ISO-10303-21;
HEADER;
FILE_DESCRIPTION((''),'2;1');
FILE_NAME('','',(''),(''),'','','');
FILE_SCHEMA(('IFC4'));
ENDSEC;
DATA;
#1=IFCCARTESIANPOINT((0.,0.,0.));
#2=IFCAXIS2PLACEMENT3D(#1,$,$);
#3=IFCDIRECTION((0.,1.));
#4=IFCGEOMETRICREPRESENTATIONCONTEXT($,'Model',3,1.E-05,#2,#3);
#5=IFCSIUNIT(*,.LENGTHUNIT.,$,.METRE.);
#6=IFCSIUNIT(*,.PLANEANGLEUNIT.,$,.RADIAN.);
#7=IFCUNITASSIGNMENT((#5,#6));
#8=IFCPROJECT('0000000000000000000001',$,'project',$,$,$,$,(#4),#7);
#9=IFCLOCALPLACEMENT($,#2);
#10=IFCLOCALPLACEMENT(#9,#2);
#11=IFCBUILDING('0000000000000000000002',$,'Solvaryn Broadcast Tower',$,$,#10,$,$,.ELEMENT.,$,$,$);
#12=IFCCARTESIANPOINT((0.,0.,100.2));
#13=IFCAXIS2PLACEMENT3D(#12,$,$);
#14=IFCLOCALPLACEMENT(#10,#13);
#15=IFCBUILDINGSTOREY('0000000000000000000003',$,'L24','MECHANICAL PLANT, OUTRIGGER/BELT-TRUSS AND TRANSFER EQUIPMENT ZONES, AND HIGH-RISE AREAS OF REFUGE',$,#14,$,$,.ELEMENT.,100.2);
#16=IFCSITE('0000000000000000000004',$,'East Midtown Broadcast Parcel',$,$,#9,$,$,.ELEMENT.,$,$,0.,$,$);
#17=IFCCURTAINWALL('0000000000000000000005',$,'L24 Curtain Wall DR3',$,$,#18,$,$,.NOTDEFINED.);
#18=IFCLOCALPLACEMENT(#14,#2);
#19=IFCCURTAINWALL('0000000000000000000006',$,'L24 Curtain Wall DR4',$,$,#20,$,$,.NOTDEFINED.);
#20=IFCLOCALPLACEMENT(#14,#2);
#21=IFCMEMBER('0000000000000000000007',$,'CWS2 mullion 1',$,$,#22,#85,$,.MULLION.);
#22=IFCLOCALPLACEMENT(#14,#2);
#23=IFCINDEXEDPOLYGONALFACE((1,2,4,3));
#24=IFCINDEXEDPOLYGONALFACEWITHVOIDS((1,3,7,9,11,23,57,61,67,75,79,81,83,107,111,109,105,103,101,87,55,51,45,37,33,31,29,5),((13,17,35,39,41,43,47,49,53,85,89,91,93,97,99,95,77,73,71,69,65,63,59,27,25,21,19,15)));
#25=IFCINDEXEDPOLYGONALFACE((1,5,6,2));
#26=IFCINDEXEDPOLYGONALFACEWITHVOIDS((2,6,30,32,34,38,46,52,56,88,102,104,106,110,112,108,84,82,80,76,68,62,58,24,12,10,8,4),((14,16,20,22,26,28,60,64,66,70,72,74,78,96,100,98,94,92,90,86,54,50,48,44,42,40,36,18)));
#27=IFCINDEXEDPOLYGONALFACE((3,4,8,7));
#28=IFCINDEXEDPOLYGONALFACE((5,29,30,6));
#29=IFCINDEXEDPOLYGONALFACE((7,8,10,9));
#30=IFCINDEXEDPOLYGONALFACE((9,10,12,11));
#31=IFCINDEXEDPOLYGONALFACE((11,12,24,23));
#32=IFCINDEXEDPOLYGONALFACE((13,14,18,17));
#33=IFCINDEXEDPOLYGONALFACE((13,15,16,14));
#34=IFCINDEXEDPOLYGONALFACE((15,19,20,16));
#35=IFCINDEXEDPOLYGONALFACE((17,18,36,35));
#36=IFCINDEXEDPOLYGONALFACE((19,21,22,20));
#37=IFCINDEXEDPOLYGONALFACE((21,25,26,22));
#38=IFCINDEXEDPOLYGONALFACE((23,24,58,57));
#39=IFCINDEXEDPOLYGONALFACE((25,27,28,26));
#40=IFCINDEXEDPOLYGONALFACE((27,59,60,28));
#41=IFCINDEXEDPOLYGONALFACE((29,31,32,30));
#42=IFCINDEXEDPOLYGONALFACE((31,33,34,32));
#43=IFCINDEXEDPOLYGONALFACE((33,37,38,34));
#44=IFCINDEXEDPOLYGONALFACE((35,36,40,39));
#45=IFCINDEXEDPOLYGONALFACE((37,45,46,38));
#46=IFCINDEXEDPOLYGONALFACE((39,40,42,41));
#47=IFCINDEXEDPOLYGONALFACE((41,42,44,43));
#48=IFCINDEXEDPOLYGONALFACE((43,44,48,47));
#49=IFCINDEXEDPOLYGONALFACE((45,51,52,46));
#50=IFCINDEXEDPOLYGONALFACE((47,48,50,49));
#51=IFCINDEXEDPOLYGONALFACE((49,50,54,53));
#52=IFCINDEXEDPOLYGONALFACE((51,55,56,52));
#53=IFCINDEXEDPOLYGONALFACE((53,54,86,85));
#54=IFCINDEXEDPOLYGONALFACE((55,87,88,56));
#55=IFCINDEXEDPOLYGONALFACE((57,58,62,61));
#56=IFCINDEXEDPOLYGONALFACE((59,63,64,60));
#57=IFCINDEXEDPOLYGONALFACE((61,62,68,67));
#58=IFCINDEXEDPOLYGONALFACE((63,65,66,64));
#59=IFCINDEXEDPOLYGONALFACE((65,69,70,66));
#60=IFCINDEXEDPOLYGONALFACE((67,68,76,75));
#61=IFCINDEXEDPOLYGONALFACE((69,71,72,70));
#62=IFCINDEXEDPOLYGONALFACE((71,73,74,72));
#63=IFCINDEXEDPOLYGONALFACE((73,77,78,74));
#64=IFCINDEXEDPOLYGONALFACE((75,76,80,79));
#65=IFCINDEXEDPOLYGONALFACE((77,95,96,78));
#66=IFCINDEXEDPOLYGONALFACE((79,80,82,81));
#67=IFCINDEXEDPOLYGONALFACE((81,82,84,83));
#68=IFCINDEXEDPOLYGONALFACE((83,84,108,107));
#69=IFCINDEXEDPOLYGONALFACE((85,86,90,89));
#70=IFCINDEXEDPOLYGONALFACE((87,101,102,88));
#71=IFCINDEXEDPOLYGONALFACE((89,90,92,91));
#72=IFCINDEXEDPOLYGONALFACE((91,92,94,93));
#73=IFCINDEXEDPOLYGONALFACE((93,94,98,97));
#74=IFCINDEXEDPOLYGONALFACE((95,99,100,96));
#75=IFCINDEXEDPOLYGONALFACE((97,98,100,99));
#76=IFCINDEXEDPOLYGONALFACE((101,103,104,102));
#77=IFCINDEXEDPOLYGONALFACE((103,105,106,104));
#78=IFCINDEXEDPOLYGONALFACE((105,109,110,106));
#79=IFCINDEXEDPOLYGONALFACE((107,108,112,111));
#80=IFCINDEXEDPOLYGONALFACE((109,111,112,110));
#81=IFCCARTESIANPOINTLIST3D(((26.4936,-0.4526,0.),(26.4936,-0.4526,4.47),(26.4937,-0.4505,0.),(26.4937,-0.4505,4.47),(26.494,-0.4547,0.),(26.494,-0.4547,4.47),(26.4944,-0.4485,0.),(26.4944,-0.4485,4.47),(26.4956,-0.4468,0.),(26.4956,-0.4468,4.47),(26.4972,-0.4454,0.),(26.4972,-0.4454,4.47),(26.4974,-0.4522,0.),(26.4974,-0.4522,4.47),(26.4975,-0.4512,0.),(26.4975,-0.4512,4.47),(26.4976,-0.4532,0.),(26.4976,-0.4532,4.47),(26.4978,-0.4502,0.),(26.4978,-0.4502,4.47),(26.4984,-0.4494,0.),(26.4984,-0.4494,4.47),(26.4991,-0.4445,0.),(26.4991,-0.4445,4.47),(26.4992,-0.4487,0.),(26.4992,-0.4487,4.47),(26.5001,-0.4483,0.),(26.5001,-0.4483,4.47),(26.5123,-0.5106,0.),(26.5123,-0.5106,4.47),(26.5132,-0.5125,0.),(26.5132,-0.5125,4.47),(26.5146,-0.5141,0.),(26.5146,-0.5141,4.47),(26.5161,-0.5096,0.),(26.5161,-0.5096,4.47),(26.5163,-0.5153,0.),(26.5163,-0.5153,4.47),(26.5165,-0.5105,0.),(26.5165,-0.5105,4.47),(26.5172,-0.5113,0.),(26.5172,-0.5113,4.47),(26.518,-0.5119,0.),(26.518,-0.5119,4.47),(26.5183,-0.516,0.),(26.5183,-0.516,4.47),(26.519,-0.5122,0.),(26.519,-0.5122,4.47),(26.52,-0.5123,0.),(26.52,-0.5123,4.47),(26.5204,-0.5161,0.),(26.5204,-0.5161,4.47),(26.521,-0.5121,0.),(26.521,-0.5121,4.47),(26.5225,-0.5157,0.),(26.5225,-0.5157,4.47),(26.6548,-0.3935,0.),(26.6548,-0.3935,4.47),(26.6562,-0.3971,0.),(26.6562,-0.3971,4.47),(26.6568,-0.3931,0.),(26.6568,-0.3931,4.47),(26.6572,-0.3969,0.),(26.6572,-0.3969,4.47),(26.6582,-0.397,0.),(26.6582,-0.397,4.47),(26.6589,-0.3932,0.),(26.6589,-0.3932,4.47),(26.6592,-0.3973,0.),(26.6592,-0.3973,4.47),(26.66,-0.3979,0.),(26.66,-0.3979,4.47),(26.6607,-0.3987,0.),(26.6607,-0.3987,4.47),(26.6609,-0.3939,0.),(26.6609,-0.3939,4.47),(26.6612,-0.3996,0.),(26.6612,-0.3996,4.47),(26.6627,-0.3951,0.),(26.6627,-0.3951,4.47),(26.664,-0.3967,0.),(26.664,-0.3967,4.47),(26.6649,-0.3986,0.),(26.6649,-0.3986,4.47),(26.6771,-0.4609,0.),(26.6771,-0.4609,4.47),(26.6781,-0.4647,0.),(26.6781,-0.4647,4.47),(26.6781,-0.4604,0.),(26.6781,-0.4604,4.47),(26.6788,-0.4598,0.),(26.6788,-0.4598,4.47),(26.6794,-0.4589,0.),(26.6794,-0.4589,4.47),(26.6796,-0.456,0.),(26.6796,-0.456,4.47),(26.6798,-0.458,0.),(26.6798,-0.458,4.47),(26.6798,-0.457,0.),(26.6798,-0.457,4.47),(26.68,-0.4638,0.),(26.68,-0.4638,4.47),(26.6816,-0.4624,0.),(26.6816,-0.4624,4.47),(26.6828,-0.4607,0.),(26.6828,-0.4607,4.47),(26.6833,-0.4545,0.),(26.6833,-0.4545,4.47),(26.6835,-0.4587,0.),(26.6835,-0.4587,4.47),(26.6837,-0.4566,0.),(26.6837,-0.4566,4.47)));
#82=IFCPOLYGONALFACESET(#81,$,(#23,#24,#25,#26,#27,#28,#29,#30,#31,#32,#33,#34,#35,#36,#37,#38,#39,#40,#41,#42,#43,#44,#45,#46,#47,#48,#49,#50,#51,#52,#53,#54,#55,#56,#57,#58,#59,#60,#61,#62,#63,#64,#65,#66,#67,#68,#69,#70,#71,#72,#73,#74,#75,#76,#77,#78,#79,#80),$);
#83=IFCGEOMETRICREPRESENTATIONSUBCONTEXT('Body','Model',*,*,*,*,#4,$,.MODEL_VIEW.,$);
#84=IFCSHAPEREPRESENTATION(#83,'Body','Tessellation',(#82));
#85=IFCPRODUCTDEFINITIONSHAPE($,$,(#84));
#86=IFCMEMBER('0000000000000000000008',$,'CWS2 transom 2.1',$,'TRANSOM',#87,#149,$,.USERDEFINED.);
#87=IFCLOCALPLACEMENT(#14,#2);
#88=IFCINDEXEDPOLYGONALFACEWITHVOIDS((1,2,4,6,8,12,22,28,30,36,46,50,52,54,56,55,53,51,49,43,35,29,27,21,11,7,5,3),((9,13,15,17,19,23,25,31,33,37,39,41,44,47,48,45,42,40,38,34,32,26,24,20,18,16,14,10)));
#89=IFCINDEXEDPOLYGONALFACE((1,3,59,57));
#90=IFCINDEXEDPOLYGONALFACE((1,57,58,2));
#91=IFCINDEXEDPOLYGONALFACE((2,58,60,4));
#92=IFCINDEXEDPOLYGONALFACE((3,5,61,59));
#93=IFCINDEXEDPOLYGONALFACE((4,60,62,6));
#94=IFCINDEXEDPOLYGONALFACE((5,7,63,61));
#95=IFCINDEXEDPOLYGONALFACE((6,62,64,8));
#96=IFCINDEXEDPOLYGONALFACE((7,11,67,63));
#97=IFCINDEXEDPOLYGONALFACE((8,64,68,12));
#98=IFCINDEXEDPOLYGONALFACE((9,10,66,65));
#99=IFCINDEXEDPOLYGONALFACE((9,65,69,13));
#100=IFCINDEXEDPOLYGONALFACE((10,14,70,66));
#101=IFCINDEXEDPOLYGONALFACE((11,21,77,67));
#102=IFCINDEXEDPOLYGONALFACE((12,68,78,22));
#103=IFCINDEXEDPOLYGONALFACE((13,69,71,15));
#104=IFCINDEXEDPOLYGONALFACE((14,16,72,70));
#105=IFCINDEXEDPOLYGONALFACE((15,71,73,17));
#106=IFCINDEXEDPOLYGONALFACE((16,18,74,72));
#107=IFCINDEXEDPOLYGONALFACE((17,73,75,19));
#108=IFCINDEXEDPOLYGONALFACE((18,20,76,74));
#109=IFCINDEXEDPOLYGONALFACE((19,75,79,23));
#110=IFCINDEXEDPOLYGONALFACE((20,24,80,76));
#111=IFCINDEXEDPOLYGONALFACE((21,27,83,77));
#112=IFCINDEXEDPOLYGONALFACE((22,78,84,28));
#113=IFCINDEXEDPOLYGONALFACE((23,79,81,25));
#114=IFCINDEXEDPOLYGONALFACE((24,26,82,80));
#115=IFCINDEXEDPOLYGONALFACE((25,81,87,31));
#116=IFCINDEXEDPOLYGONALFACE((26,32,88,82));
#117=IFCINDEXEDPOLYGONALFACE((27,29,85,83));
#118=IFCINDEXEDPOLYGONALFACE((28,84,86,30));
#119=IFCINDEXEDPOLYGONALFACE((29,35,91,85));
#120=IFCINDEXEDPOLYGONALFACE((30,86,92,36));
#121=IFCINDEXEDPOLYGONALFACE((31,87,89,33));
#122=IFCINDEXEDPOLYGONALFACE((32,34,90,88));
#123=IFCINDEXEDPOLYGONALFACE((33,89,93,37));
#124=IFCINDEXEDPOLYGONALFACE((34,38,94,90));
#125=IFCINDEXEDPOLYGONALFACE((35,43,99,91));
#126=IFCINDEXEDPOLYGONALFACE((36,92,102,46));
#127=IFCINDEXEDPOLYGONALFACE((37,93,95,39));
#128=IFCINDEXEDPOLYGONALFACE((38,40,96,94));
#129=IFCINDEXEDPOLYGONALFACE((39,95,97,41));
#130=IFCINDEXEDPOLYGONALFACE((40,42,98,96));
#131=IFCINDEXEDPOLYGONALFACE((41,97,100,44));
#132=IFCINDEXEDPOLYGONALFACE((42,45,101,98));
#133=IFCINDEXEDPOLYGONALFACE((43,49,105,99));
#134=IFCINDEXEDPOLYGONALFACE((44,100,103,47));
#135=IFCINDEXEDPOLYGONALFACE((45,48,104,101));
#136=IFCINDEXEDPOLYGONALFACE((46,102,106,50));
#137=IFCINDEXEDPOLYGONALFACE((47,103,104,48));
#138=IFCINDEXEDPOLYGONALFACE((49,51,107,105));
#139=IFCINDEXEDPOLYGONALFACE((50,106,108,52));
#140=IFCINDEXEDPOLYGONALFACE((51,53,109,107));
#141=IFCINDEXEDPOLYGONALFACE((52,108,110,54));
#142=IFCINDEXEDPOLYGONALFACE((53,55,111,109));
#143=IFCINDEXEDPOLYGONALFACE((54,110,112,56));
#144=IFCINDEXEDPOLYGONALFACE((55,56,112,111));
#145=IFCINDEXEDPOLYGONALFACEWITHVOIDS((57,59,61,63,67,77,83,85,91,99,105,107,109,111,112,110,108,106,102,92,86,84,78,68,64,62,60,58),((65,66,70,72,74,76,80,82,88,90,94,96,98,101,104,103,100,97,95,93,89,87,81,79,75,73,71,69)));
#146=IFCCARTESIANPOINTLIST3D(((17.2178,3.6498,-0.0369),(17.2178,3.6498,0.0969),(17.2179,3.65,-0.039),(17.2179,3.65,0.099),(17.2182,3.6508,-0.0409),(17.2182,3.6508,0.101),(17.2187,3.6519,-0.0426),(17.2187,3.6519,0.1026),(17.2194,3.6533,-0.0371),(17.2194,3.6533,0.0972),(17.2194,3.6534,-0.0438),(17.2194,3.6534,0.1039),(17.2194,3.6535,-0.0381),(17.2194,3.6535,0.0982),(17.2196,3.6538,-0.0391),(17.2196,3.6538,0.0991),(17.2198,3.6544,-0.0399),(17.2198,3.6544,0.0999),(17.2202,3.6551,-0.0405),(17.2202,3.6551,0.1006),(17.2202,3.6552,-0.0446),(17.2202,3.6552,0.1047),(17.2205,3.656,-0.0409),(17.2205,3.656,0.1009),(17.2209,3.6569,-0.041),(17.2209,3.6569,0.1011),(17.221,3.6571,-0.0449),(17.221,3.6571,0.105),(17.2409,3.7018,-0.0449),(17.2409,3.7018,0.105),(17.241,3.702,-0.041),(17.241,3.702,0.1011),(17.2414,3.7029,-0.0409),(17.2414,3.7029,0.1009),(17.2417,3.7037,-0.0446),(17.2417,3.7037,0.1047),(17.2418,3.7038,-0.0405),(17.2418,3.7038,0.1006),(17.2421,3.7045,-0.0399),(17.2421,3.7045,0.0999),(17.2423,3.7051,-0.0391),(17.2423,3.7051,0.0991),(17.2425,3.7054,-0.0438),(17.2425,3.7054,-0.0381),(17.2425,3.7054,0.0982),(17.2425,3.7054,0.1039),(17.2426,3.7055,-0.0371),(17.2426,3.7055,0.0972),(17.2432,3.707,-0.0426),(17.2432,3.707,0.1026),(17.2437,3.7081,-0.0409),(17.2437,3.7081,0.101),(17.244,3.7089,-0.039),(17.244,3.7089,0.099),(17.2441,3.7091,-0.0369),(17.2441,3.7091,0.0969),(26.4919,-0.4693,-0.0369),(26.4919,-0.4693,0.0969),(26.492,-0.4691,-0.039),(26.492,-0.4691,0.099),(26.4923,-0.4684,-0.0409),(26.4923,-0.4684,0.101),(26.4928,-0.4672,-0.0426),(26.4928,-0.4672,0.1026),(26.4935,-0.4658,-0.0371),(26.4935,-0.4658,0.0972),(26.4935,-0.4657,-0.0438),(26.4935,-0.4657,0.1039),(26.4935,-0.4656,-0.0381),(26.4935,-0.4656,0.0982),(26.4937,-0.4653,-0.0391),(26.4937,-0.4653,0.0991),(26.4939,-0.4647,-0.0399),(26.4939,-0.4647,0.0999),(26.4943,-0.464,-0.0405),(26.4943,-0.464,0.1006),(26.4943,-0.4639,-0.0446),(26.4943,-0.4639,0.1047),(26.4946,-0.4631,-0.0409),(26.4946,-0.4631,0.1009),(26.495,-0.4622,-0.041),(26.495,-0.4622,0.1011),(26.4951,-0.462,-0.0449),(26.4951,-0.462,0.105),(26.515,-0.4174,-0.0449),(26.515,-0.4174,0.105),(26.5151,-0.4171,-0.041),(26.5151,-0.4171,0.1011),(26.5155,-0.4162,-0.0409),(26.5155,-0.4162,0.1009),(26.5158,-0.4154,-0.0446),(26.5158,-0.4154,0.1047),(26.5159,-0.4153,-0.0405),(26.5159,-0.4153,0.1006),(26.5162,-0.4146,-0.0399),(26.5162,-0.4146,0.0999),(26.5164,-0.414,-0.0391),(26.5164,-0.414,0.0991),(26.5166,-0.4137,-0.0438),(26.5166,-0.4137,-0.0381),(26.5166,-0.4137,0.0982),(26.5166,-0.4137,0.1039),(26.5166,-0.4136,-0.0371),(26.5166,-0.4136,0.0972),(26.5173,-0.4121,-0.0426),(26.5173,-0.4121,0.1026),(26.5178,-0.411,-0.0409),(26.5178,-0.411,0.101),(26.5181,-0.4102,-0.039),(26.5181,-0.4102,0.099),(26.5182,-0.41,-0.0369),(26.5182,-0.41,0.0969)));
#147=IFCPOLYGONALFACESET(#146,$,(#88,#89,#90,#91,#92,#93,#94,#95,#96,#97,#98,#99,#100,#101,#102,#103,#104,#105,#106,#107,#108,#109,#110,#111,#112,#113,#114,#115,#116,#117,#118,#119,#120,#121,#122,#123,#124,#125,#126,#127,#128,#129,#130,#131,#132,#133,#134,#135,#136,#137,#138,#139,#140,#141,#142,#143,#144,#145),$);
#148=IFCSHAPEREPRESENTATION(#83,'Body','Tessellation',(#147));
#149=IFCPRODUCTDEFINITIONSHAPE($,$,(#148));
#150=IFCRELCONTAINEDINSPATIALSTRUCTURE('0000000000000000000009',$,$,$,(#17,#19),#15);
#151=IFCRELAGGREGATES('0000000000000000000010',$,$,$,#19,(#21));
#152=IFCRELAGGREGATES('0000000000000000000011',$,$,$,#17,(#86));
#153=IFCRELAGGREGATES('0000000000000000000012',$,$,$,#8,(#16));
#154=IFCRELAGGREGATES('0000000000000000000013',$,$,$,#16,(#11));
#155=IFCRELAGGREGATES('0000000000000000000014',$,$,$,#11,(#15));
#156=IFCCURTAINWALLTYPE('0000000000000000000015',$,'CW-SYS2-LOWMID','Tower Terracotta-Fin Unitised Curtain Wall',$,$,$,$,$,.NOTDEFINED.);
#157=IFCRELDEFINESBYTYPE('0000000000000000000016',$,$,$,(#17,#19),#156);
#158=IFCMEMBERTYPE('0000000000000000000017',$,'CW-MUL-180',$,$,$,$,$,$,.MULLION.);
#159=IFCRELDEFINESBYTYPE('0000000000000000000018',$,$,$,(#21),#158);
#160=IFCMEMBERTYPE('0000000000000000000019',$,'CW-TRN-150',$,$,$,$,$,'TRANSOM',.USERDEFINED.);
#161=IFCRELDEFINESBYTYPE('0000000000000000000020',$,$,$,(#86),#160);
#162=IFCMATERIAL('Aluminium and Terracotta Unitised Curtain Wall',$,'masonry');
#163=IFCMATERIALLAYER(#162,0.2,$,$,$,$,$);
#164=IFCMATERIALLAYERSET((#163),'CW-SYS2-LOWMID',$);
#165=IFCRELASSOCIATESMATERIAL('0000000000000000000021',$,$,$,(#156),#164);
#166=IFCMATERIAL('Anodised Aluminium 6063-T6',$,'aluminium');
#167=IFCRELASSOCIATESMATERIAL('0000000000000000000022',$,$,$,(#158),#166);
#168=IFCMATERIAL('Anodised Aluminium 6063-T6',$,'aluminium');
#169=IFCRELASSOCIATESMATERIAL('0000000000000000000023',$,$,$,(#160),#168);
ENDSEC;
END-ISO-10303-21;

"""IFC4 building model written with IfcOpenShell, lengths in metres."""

from ifc_helpers import new_model, si_unit, direction, frame, origin, origin_2d, place, context, subcontext, project, spatial, hollow_rectangle, extrude, material, layer, layer_set, material_profile, profile_set, type_object, element, aggregate, save


model = new_model("IFC4")

# Units and contexts
model_context = context("Model", 3, precision=1e-05, world=origin(), true_north=direction((0.0, 1.0)))
body_context = subcontext(model_context, "Body", "Model", "MODEL_VIEW")
ifc_project = project(units=[si_unit("LENGTHUNIT", "METRE"), si_unit("PLANEANGLEUNIT", "RADIAN")], contexts=[model_context])

# Site, building, storey
site_placement = place(None, origin())
site = spatial("IfcSite", under=ifc_project, at=site_placement, Name="East Midtown Broadcast Parcel", CompositionType="ELEMENT", RefElevation=0.0)
building_placement = place(site_placement, origin())
building = spatial("IfcBuilding", under=site, at=building_placement, Name="Solvaryn Broadcast Tower", CompositionType="ELEMENT")
storey_placement = place(building_placement, frame((0.0, 0.0, 100.2)))
storey = spatial("IfcBuildingStorey", under=building, at=storey_placement, Name="L24", Description="MECHANICAL PLANT, OUTRIGGER/BELT-TRUSS AND TRANSFER EQUIPMENT ZONES, AND HIGH-RISE AREAS OF REFUGE", CompositionType="ELEMENT", Elevation=100.2)

# Curtain wall
ifc_material_1 = material(Name="Aluminium and Terracotta Unitised Curtain Wall", Category="masonry")
ifc_layer_1 = layer(ifc_material_1, 0.2)
ifc_layer_set_1 = layer_set([ifc_layer_1], Name="CW-SYS2-LOWMID")
curtain_wall_type = type_object("IfcCurtainWallType", Name="CW-SYS2-LOWMID", Description="Tower Terracotta-Fin Unitised Curtain Wall", PredefinedType="NOTDEFINED", material=ifc_layer_set_1)
curtain_wall_1_placement = place(storey_placement, origin())
curtain_wall_1 = element("IfcCurtainWall", 1, at=curtain_wall_1_placement, inside=storey, type_object=curtain_wall_type, Name="L24 Curtain Wall DR3", PredefinedType="NOTDEFINED")
ifc_material_2 = material(Name="Anodised Aluminium 6063-T6", Category="aluminium")
ifc_material_profile_1 = material_profile(ifc_material_2, hollow_rectangle(XDim=0.075, YDim=0.1799, WallThickness=0.0039, InnerFilletRadius=0.0039, OuterFilletRadius=0.0081, at=origin_2d()))
ifc_profile_set_1 = profile_set([ifc_material_profile_1], Name="Anodised Aluminium 6063-T6")
member_type_1 = type_object("IfcMemberType", Name="CW-MUL-180", PredefinedType="MULLION", material=ifc_profile_set_1)

# Curtain wall, member
curtain_wall_2_placement = place(storey_placement, origin())
curtain_wall_2 = element("IfcCurtainWall", 2, at=curtain_wall_2_placement, inside=storey, type_object=curtain_wall_type, Name="L24 Curtain Wall DR4", PredefinedType="NOTDEFINED")
member_1_placement = place(storey_placement, frame((26.5886, -0.4546, 0.0), z_axis=(0.0, 0.0, 1.0), x_axis=(-0.311594, 0.950215, 0.0)))
member_1 = element("IfcMember", 3, at=member_1_placement, type_object=member_type_1, Name="CWS2 mullion 1", PredefinedType="MULLION", context=body_context, shape_type="SweptSolid", body=[
    extrude(hollow_rectangle(XDim=0.075, YDim=0.1799, WallThickness=0.0039, InnerFilletRadius=0.0039, OuterFilletRadius=0.0081, at=origin_2d()), origin(), (0.0, 0.0, 1.0), 4.47),
])

# Member
ifc_material_3 = material(Name="Anodised Aluminium 6063-T6", Category="aluminium")
ifc_material_profile_2 = material_profile(ifc_material_3, hollow_rectangle(XDim=0.0649, YDim=0.1499, WallThickness=0.0039, InnerFilletRadius=0.0039, OuterFilletRadius=0.0081, at=origin_2d()))
ifc_profile_set_2 = profile_set([ifc_material_profile_2], Name="Anodised Aluminium 6063-T6")
member_type_2 = type_object("IfcMemberType", Name="CW-TRN-150", ElementType="TRANSOM", PredefinedType="USERDEFINED", material=ifc_profile_set_2)
member_2_placement = place(storey_placement, frame((17.231, 3.6794, 0.03), z_axis=(0.913911, -0.405915, 0.0), x_axis=(0.405915, 0.913911, 0.0)))
member_2 = element("IfcMember", 4, at=member_2_placement, type_object=member_type_2, Name="CWS2 transom 2.1", ObjectType="TRANSOM", PredefinedType="USERDEFINED", context=body_context, shape_type="SweptSolid", body=[
    extrude(hollow_rectangle(XDim=0.0649, YDim=0.1499, WallThickness=0.0039, InnerFilletRadius=0.0039, OuterFilletRadius=0.0081, at=origin_2d()), origin(), (0.0, 0.0, 1.0), 10.1477),
])
aggregate(curtain_wall_2, [member_1])

aggregate(curtain_wall_1, [member_2])

save(model, "model.ifc")
